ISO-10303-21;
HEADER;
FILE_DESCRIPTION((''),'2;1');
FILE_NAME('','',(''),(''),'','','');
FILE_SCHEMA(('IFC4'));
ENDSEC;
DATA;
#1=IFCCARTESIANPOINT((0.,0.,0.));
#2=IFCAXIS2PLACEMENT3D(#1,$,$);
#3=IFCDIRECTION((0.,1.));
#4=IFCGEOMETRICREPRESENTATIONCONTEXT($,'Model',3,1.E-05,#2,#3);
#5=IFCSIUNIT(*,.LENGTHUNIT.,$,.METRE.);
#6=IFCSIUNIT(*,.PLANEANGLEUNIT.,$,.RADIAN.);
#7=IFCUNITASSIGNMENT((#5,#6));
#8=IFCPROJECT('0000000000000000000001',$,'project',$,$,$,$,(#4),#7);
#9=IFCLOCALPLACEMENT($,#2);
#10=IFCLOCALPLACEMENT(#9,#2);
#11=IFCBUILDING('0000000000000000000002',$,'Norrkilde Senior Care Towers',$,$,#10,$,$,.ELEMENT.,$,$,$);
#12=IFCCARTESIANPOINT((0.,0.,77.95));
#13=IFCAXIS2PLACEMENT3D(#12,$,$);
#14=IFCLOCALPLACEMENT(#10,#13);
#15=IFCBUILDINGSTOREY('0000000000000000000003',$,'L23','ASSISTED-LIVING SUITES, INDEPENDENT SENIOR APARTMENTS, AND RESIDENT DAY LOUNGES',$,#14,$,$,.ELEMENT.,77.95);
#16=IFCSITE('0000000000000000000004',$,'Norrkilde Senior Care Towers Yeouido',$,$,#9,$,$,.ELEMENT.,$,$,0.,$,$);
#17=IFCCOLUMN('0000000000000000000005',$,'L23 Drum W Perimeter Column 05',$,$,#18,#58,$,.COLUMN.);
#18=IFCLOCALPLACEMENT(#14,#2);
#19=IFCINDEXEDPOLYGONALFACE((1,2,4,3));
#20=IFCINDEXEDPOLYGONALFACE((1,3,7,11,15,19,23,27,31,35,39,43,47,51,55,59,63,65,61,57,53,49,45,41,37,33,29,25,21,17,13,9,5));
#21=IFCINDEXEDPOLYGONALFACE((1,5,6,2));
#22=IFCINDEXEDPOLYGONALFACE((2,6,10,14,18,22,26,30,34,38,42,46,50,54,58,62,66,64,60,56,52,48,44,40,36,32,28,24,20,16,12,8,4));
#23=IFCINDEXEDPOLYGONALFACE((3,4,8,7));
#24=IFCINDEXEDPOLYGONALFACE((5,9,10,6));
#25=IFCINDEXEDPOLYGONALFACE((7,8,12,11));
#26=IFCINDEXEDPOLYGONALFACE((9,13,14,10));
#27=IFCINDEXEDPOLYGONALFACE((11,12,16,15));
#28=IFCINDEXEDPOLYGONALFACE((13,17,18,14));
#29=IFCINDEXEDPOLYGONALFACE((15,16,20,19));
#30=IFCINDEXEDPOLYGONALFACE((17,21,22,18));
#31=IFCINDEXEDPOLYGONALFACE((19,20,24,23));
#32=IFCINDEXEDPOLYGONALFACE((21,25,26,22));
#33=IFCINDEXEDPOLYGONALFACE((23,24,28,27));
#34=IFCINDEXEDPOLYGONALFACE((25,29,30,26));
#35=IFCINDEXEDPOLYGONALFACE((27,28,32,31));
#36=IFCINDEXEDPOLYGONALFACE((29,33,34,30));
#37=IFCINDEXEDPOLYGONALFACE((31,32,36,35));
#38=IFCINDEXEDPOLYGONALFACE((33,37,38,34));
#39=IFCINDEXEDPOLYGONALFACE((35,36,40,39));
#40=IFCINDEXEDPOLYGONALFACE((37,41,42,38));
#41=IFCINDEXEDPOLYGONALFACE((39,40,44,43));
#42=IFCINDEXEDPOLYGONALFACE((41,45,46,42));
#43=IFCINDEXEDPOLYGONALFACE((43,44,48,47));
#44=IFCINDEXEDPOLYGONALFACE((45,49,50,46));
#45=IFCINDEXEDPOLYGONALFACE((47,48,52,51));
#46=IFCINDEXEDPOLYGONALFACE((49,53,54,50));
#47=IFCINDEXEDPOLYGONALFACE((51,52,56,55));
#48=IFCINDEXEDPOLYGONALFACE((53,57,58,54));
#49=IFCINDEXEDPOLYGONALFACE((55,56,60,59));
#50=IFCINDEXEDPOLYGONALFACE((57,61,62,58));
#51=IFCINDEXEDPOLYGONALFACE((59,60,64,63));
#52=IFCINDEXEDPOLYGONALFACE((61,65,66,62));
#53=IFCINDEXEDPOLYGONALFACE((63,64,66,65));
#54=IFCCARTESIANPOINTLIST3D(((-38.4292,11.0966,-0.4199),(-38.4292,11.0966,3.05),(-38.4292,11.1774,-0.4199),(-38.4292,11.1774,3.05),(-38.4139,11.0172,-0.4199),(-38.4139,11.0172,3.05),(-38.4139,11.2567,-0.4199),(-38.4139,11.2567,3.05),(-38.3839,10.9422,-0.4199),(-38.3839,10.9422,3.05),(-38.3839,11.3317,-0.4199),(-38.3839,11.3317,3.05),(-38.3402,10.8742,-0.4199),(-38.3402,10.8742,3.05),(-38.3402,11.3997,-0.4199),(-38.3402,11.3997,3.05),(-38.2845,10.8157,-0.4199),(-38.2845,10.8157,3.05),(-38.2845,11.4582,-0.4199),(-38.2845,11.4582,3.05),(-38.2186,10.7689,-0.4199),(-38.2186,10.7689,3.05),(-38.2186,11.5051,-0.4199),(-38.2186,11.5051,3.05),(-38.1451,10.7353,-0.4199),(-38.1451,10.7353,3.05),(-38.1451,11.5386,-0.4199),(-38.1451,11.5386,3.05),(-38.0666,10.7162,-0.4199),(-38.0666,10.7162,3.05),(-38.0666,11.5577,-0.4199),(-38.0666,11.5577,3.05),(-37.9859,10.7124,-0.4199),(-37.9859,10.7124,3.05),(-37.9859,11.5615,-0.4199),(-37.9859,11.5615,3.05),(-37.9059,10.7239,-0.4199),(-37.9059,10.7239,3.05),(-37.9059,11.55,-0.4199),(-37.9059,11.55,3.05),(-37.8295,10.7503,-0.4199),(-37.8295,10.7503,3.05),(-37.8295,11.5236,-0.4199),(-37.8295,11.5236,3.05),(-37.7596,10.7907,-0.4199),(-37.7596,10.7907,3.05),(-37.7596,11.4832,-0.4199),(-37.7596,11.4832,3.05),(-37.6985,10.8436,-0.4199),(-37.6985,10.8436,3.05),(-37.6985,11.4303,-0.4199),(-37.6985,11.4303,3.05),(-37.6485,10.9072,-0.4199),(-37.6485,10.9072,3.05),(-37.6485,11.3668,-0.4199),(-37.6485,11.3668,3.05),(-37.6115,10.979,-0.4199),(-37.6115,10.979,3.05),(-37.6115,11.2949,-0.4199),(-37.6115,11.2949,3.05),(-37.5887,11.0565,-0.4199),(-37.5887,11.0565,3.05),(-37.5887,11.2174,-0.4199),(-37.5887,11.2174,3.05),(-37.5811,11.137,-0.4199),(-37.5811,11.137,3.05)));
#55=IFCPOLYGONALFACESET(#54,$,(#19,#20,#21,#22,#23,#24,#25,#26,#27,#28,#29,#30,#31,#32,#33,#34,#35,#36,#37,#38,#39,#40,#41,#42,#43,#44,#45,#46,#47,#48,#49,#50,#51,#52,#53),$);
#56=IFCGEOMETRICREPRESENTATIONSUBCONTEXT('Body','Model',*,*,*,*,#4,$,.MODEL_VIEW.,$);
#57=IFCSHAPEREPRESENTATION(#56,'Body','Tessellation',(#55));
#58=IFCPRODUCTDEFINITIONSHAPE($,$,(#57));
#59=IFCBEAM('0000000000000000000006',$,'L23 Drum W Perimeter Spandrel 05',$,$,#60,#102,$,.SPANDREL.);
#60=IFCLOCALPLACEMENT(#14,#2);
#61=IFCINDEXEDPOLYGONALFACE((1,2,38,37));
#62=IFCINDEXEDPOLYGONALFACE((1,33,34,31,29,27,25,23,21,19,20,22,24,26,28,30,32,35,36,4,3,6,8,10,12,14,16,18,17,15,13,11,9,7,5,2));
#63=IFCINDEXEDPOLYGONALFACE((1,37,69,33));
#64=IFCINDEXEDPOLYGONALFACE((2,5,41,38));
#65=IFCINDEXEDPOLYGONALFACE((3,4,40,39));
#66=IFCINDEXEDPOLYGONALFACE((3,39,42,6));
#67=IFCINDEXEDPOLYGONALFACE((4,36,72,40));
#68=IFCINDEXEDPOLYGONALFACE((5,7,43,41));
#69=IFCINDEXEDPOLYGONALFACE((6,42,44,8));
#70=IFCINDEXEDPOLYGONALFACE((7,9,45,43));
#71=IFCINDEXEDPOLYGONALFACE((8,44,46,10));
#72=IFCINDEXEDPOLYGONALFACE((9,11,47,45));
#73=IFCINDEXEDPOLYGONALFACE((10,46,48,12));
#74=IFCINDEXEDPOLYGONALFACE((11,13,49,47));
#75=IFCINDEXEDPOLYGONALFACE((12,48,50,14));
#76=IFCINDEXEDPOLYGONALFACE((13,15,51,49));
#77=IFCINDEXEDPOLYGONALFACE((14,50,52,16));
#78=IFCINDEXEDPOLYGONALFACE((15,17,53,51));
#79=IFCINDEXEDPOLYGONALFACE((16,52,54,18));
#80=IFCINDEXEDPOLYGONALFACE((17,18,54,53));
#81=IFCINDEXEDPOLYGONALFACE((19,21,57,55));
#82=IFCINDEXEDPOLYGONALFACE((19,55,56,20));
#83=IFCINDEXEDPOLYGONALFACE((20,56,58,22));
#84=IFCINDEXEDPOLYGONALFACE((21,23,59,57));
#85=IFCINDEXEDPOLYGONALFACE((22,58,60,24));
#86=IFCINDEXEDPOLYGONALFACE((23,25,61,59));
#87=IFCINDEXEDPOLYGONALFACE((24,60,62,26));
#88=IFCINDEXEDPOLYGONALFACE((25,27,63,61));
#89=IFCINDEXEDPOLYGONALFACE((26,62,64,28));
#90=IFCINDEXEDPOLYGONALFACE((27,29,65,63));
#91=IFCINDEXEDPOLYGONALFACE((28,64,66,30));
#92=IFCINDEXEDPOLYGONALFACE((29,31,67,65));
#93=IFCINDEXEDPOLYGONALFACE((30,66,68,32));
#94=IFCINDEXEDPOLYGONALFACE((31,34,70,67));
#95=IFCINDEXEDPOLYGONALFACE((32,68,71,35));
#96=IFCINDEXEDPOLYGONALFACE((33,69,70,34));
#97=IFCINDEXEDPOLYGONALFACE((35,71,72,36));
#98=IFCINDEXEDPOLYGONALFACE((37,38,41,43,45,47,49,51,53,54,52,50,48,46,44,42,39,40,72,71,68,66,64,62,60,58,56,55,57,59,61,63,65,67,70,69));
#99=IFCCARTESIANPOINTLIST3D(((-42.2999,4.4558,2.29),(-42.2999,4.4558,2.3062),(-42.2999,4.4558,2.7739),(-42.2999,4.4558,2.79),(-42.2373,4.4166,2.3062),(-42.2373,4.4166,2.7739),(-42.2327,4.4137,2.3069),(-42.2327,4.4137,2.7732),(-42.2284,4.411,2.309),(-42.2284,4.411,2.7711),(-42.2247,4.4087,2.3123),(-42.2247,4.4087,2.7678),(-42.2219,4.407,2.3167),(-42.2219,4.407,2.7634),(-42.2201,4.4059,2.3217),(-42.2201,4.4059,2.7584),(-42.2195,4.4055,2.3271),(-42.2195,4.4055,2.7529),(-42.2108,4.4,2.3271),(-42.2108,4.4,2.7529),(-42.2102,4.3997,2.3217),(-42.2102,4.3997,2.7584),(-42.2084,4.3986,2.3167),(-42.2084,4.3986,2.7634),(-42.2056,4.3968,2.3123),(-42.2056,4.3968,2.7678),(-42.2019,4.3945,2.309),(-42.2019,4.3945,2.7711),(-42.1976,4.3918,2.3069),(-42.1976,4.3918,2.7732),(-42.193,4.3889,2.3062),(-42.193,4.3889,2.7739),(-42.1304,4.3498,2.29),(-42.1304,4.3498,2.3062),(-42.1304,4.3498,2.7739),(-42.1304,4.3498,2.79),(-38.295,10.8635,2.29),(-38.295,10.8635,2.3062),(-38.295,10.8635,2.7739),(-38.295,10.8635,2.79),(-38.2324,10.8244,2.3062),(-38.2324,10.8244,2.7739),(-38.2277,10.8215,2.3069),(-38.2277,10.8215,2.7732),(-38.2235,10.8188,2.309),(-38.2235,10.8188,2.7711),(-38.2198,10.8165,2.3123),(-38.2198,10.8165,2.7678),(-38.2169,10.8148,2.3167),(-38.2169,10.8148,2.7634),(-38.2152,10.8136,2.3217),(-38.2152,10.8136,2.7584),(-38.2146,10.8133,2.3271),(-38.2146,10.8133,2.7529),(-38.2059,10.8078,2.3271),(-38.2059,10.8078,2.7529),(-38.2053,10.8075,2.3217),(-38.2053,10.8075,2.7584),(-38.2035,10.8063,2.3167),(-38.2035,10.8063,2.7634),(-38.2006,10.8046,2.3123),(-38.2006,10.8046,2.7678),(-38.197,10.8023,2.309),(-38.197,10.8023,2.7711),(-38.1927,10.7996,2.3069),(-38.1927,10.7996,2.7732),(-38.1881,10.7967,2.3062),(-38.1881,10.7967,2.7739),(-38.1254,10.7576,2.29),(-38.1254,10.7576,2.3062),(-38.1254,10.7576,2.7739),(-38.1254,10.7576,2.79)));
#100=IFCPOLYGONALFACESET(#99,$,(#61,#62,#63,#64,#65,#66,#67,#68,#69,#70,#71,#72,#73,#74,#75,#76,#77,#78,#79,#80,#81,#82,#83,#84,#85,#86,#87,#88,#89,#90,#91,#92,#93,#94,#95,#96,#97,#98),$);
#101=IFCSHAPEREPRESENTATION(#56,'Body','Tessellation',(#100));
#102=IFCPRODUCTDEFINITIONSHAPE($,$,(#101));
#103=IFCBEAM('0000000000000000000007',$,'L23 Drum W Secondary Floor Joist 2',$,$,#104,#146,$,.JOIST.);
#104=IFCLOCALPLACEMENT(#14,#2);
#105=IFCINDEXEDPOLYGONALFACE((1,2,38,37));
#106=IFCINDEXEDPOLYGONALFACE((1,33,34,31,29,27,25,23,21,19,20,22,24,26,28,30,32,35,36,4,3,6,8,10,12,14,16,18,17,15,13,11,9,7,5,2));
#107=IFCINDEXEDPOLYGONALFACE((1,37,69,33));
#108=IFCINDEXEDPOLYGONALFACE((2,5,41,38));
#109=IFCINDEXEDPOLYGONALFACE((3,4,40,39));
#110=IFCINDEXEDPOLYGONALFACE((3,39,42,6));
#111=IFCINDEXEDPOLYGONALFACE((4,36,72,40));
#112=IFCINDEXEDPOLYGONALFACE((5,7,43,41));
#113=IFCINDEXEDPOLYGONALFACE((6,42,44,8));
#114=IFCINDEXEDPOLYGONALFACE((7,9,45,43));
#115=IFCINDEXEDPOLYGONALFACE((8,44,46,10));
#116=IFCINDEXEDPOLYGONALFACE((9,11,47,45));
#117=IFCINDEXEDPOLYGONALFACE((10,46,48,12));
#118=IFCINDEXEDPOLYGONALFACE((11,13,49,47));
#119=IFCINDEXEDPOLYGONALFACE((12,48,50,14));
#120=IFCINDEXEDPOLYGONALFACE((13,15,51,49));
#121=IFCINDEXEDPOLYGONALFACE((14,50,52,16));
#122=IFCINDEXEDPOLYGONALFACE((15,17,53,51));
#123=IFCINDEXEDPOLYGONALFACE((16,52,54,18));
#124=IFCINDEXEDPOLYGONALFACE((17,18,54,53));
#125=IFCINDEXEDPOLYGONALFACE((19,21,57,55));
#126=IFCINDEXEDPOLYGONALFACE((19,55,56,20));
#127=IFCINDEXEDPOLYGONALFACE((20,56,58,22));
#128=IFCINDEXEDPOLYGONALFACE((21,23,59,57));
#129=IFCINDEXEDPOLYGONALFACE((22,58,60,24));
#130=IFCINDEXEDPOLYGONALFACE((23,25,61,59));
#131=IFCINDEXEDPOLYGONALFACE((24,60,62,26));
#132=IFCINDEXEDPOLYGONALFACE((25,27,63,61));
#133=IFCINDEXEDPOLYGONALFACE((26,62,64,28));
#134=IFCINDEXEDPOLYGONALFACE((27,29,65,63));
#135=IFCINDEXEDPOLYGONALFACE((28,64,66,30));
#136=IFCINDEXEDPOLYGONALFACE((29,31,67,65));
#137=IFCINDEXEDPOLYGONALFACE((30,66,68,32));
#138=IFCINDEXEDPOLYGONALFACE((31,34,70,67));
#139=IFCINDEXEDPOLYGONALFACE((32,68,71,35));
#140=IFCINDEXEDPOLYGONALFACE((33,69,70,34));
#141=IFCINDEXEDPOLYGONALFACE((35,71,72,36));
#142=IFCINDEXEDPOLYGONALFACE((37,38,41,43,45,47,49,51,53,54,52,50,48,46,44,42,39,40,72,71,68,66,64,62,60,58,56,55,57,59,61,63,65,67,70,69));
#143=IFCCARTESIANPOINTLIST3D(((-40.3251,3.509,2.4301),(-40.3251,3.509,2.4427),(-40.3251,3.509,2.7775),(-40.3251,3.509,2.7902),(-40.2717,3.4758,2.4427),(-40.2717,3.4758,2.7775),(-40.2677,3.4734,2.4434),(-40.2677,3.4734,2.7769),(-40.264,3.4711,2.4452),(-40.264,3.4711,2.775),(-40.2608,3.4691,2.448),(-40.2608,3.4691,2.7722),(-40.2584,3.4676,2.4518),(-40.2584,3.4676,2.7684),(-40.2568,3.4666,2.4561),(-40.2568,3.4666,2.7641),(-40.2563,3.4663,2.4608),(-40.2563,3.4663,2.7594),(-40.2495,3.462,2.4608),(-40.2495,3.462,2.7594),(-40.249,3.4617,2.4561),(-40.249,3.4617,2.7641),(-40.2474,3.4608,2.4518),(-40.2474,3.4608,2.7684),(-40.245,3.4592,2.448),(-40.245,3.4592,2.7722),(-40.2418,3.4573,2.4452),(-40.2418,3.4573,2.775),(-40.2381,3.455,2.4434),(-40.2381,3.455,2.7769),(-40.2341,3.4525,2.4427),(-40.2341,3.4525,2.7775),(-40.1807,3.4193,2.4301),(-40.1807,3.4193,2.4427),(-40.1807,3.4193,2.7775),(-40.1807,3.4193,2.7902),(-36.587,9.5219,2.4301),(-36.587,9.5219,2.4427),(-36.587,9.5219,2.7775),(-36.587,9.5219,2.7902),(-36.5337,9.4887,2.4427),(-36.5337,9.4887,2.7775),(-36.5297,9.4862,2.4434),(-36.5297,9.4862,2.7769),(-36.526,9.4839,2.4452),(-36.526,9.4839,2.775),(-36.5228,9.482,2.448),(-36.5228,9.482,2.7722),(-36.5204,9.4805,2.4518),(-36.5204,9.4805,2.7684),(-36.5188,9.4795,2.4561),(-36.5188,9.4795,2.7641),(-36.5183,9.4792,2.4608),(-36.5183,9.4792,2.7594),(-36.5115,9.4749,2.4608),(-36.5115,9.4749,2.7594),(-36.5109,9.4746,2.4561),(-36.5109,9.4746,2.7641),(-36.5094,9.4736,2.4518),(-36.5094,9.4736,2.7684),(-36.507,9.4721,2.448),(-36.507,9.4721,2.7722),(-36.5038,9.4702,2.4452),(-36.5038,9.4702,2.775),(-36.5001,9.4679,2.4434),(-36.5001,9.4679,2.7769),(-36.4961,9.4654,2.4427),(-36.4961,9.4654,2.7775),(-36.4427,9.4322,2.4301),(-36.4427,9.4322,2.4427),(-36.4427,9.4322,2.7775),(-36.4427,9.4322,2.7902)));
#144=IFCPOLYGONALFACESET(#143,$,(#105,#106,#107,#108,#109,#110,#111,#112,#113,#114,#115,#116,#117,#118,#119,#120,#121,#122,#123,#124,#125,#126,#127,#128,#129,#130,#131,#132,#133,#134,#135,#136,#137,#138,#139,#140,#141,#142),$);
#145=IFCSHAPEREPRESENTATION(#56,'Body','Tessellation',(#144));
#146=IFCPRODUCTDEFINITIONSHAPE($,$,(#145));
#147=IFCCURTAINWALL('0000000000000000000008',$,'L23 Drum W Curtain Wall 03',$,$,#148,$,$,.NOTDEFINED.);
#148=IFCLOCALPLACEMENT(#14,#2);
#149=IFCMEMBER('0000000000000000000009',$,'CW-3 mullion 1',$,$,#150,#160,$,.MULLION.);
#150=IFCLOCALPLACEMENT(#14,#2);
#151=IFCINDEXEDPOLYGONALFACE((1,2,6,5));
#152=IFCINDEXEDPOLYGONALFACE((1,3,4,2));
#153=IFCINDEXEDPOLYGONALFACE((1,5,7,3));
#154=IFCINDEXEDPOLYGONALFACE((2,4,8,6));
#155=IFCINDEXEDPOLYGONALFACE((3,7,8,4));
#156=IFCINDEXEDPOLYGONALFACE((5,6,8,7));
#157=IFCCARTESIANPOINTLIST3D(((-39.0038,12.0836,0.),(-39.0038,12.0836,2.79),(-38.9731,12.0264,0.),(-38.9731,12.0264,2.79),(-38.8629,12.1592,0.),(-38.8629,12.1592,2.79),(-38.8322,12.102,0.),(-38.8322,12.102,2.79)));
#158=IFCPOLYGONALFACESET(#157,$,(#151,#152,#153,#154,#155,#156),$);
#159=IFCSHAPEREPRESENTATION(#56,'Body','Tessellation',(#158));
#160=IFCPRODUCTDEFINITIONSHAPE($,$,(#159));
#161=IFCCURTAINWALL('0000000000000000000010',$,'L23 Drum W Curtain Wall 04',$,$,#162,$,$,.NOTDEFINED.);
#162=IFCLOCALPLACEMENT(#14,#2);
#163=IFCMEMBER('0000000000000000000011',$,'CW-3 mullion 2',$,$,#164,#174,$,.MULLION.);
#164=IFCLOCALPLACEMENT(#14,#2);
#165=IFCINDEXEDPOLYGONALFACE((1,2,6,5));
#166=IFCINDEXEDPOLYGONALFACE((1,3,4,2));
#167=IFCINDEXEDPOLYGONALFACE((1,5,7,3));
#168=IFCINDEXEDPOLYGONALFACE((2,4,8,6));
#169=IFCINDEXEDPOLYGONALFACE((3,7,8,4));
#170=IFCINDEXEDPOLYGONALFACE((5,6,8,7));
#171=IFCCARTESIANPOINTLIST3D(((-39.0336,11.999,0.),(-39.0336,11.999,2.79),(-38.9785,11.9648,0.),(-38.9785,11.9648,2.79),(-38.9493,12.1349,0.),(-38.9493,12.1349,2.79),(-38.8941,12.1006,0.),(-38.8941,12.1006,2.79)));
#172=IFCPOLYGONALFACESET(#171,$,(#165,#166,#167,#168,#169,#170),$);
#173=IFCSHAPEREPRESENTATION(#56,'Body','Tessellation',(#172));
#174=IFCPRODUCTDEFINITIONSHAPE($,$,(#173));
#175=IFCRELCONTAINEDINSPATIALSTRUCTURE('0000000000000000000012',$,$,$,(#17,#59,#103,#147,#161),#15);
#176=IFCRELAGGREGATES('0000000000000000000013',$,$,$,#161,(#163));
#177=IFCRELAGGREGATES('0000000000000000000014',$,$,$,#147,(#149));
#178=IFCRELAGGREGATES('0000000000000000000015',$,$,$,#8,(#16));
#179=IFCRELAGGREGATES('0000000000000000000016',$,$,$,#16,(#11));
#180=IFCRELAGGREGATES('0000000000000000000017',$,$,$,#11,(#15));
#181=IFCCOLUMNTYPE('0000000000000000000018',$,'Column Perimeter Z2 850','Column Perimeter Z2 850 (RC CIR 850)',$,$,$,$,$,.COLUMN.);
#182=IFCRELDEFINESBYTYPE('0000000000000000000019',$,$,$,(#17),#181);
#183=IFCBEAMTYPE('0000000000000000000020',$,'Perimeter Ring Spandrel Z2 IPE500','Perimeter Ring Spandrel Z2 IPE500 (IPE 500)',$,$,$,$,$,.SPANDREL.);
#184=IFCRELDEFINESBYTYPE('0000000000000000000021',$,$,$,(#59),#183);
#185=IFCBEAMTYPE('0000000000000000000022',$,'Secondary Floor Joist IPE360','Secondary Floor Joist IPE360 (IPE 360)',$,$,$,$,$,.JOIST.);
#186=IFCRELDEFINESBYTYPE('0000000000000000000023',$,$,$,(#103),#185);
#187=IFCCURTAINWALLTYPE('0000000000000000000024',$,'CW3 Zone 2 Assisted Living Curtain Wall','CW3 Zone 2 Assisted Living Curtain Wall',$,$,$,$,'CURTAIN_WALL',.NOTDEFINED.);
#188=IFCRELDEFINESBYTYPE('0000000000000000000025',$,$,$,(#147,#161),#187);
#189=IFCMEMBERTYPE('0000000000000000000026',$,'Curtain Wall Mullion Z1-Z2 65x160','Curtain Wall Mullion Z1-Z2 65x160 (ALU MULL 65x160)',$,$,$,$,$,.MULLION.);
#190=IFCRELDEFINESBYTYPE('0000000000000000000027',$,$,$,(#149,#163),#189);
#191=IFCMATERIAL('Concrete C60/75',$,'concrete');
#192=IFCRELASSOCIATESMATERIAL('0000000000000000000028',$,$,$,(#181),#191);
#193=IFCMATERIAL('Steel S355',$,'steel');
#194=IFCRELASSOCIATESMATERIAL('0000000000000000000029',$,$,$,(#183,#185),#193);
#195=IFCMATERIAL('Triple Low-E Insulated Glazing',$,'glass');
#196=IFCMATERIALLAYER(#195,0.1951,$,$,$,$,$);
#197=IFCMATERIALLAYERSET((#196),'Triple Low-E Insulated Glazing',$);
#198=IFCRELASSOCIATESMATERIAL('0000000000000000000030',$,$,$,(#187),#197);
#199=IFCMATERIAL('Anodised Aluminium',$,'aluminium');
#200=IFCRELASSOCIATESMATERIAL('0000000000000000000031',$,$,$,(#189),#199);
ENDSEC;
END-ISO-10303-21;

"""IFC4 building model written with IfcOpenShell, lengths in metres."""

from ifc_helpers import new_model, si_unit, direction, frame, origin, origin_2d, place, context, subcontext, project, spatial, rectangle, circle, i_section, extrude, source, transform, mapped, material, layer, layer_set, material_profile, profile_set, type_object, type_shapes, element, aggregate, save


model = new_model("IFC4")

# Units and contexts
model_context = context("Model", 3, precision=1e-05, world=origin(), true_north=direction((0.0, 1.0)))
body_context = subcontext(model_context, "Body", "Model", "MODEL_VIEW")
ifc_project = project(units=[si_unit("LENGTHUNIT", "METRE"), si_unit("PLANEANGLEUNIT", "RADIAN")], contexts=[model_context])

# Site, building, storey
site_placement = place(None, origin())
site = spatial("IfcSite", under=ifc_project, at=site_placement, Name="Norrkilde Senior Care Towers Yeouido", CompositionType="ELEMENT", RefElevation=0.0)
building_placement = place(site_placement, origin())
building = spatial("IfcBuilding", under=site, at=building_placement, Name="Norrkilde Senior Care Towers", CompositionType="ELEMENT")
storey_placement = place(building_placement, frame((0.0, 0.0, 77.95)))
storey = spatial("IfcBuildingStorey", under=building, at=storey_placement, Name="L23", Description="ASSISTED-LIVING SUITES, INDEPENDENT SENIOR APARTMENTS, AND RESIDENT DAY LOUNGES", CompositionType="ELEMENT", Elevation=77.95)

# Column
ifc_material_1 = material(Name="Concrete C60/75", Category="concrete")
ifc_material_profile_1 = material_profile(ifc_material_1, circle(Radius=0.425, at=origin_2d()), Name="RC CIR 850")
ifc_profile_set_1 = profile_set([ifc_material_profile_1], Name="Concrete C60/75")
column_type = type_object("IfcColumnType", Name="Column Perimeter Z2 850", Description="Column Perimeter Z2 850 (RC CIR 850)", PredefinedType="COLUMN", material=ifc_profile_set_1)
shared_shape_1 = source(origin(), body_context, "Body", "SweptSolid", [
    extrude(circle(Radius=0.425, at=origin_2d()), origin(), (0.0, 0.0, 1.0), 3.47),
])
type_shapes(column_type, [shared_shape_1])
column_placement = place(storey_placement, frame((-38.0061, 11.137, -0.4199), z_axis=(0.0, 0.0, 1.0), x_axis=(1.0, 0.0, 0.0)))
element("IfcColumn", 1, at=column_placement, inside=storey, type_object=column_type, Name="L23 Drum W Perimeter Column 05", PredefinedType="COLUMN", context=body_context, shape_type="MappedRepresentation", body=[
    mapped(shared_shape_1, transform((0.0, 0.0, 0.0), x_axis=(1.0, 0.0, 0.0), y_axis=(0.0, 1.0, 0.0), z_axis=(0.0, 0.0, 1.0), scale=1.0)),
])

# Beams
ifc_material_2 = material(Name="Steel S355", Category="steel")
ifc_material_profile_2 = material_profile(ifc_material_2, i_section(OverallWidth=0.2, OverallDepth=0.5, WebThickness=0.0103, FlangeThickness=0.0161, FilletRadius=0.021, at=origin_2d()), Name="IPE 500")
ifc_profile_set_2 = profile_set([ifc_material_profile_2], Name="Steel S355")
beam_type_1 = type_object("IfcBeamType", Name="Perimeter Ring Spandrel Z2 IPE500", Description="Perimeter Ring Spandrel Z2 IPE500 (IPE 500)", PredefinedType="SPANDREL", material=ifc_profile_set_2)
shared_shape_2 = source(origin(), body_context, "Body", "SweptSolid", [
    extrude(i_section(OverallWidth=0.2, OverallDepth=0.5, WebThickness=0.0103, FlangeThickness=0.0161, FilletRadius=0.021, at=origin_2d()), origin(), (0.0, 0.0, 1.0), 7.5564),
])
type_shapes(beam_type_1, [shared_shape_2])
beam_1_placement = place(storey_placement, frame((-38.2102, 10.8105, 2.54), z_axis=(-0.530005, -0.847995, 0.0), x_axis=(0.847995, -0.530005, 0.0)))
element("IfcBeam", 2, at=beam_1_placement, inside=storey, type_object=beam_type_1, Name="L23 Drum W Perimeter Spandrel 05", PredefinedType="SPANDREL", context=body_context, shape_type="MappedRepresentation", body=[
    mapped(shared_shape_2, transform((0.0, 0.0, 0.0), x_axis=(1.0, 0.0, 0.0), y_axis=(0.0, 1.0, 0.0), z_axis=(0.0, 0.0, 1.0), scale=1.0)),
])
ifc_material_profile_3 = material_profile(ifc_material_2, i_section(OverallWidth=0.1699, OverallDepth=0.3601, WebThickness=0.0081, FlangeThickness=0.0127, FilletRadius=0.0181, at=origin_2d()), Name="IPE 360")
ifc_profile_set_3 = profile_set([ifc_material_profile_3], Name="Steel S355")
beam_type_2 = type_object("IfcBeamType", Name="Secondary Floor Joist IPE360", Description="Secondary Floor Joist IPE360 (IPE 360)", PredefinedType="JOIST", material=ifc_profile_set_3)
shared_shape_3 = source(origin(), body_context, "Body", "SweptSolid", [
    extrude(i_section(OverallWidth=0.1699, OverallDepth=0.3601, WebThickness=0.0081, FlangeThickness=0.0127, FilletRadius=0.0181, at=origin_2d()), origin(), (0.0, 0.0, 1.0), 7.0801),
])
type_shapes(beam_type_2, [shared_shape_3])
beam_2_placement = place(storey_placement, frame((-36.5149, 9.4771, 2.6101), z_axis=(-0.527961, -0.849269, 0.0), x_axis=(0.849269, -0.527961, 0.0)))
element("IfcBeam", 3, at=beam_2_placement, inside=storey, type_object=beam_type_2, Name="L23 Drum W Secondary Floor Joist 2", PredefinedType="JOIST", context=body_context, shape_type="MappedRepresentation", body=[
    mapped(shared_shape_3, transform((0.0, 0.0, 0.0), x_axis=(1.0, 0.0, 0.0), y_axis=(0.0, 1.0, 0.0), z_axis=(0.0, 0.0, 1.0), scale=1.0)),
])

# Curtain walls, members
ifc_material_3 = material(Name="Triple Low-E Insulated Glazing", Category="glass")
ifc_layer_1 = layer(ifc_material_3, 0.1951)
ifc_layer_set_1 = layer_set([ifc_layer_1], Name="Triple Low-E Insulated Glazing")
curtain_wall_type = type_object("IfcCurtainWallType", Name="CW3 Zone 2 Assisted Living Curtain Wall", Description="CW3 Zone 2 Assisted Living Curtain Wall", ElementType="CURTAIN_WALL", PredefinedType="NOTDEFINED", material=ifc_layer_set_1)
curtain_wall_1_placement = place(storey_placement, origin())
curtain_wall_1 = element("IfcCurtainWall", 4, at=curtain_wall_1_placement, inside=storey, type_object=curtain_wall_type, Name="L23 Drum W Curtain Wall 03", PredefinedType="NOTDEFINED")
ifc_material_4 = material(Name="Anodised Aluminium", Category="aluminium")
ifc_material_profile_4 = material_profile(ifc_material_4, rectangle(XDim=0.0649, YDim=0.1599, at=origin_2d()), Name="ALU MULL 65x160")
ifc_profile_set_4 = profile_set([ifc_material_profile_4], Name="Anodised Aluminium")
member_type_1 = type_object("IfcMemberType", Name="Curtain Wall Mullion Z1-Z2 65x160", Description="Curtain Wall Mullion Z1-Z2 65x160 (ALU MULL 65x160)", PredefinedType="MULLION", material=ifc_profile_set_4)
shared_shape_4 = source(origin(), body_context, "Body", "SweptSolid", [
    extrude(rectangle(XDim=0.0649, YDim=0.1599, at=origin_2d()), origin(), (0.0, 0.0, 1.0), 2.79),
])
type_shapes(member_type_1, [shared_shape_4])
member_1_placement = place(storey_placement, frame((-38.918, 12.0928, 0.0), z_axis=(0.0, 0.0, 1.0), x_axis=(-0.472769, 0.881186, 0.0)))
member_1 = element("IfcMember", 5, at=member_1_placement, type_object=member_type_1, Name="CW-3 mullion 1", PredefinedType="MULLION", context=body_context, shape_type="MappedRepresentation", body=[
    mapped(shared_shape_4, transform((0.0, 0.0, 0.0), x_axis=(1.0, 0.0, 0.0), y_axis=(0.0, 1.0, 0.0), z_axis=(0.0, 0.0, 1.0), scale=1.0)),
])
curtain_wall_2_placement = place(storey_placement, origin())
curtain_wall_2 = element("IfcCurtainWall", 6, at=curtain_wall_2_placement, inside=storey, type_object=curtain_wall_type, Name="L23 Drum W Curtain Wall 04", PredefinedType="NOTDEFINED")
member_2_placement = place(storey_placement, frame((-38.9639, 12.0498, 0.0), z_axis=(0.0, 0.0, 1.0), x_axis=(-0.84941, 0.527733, 0.0)))
member_2 = element("IfcMember", 7, at=member_2_placement, type_object=member_type_1, Name="CW-3 mullion 2", PredefinedType="MULLION", context=body_context, shape_type="MappedRepresentation", body=[
    mapped(shared_shape_4, transform((0.0, 0.0, 0.0), x_axis=(1.0, 0.0, 0.0), y_axis=(0.0, 1.0, 0.0), z_axis=(0.0, 0.0, 1.0), scale=1.0)),
])

aggregate(curtain_wall_2, [member_2])
aggregate(curtain_wall_1, [member_1])

save(model, "model.ifc")
